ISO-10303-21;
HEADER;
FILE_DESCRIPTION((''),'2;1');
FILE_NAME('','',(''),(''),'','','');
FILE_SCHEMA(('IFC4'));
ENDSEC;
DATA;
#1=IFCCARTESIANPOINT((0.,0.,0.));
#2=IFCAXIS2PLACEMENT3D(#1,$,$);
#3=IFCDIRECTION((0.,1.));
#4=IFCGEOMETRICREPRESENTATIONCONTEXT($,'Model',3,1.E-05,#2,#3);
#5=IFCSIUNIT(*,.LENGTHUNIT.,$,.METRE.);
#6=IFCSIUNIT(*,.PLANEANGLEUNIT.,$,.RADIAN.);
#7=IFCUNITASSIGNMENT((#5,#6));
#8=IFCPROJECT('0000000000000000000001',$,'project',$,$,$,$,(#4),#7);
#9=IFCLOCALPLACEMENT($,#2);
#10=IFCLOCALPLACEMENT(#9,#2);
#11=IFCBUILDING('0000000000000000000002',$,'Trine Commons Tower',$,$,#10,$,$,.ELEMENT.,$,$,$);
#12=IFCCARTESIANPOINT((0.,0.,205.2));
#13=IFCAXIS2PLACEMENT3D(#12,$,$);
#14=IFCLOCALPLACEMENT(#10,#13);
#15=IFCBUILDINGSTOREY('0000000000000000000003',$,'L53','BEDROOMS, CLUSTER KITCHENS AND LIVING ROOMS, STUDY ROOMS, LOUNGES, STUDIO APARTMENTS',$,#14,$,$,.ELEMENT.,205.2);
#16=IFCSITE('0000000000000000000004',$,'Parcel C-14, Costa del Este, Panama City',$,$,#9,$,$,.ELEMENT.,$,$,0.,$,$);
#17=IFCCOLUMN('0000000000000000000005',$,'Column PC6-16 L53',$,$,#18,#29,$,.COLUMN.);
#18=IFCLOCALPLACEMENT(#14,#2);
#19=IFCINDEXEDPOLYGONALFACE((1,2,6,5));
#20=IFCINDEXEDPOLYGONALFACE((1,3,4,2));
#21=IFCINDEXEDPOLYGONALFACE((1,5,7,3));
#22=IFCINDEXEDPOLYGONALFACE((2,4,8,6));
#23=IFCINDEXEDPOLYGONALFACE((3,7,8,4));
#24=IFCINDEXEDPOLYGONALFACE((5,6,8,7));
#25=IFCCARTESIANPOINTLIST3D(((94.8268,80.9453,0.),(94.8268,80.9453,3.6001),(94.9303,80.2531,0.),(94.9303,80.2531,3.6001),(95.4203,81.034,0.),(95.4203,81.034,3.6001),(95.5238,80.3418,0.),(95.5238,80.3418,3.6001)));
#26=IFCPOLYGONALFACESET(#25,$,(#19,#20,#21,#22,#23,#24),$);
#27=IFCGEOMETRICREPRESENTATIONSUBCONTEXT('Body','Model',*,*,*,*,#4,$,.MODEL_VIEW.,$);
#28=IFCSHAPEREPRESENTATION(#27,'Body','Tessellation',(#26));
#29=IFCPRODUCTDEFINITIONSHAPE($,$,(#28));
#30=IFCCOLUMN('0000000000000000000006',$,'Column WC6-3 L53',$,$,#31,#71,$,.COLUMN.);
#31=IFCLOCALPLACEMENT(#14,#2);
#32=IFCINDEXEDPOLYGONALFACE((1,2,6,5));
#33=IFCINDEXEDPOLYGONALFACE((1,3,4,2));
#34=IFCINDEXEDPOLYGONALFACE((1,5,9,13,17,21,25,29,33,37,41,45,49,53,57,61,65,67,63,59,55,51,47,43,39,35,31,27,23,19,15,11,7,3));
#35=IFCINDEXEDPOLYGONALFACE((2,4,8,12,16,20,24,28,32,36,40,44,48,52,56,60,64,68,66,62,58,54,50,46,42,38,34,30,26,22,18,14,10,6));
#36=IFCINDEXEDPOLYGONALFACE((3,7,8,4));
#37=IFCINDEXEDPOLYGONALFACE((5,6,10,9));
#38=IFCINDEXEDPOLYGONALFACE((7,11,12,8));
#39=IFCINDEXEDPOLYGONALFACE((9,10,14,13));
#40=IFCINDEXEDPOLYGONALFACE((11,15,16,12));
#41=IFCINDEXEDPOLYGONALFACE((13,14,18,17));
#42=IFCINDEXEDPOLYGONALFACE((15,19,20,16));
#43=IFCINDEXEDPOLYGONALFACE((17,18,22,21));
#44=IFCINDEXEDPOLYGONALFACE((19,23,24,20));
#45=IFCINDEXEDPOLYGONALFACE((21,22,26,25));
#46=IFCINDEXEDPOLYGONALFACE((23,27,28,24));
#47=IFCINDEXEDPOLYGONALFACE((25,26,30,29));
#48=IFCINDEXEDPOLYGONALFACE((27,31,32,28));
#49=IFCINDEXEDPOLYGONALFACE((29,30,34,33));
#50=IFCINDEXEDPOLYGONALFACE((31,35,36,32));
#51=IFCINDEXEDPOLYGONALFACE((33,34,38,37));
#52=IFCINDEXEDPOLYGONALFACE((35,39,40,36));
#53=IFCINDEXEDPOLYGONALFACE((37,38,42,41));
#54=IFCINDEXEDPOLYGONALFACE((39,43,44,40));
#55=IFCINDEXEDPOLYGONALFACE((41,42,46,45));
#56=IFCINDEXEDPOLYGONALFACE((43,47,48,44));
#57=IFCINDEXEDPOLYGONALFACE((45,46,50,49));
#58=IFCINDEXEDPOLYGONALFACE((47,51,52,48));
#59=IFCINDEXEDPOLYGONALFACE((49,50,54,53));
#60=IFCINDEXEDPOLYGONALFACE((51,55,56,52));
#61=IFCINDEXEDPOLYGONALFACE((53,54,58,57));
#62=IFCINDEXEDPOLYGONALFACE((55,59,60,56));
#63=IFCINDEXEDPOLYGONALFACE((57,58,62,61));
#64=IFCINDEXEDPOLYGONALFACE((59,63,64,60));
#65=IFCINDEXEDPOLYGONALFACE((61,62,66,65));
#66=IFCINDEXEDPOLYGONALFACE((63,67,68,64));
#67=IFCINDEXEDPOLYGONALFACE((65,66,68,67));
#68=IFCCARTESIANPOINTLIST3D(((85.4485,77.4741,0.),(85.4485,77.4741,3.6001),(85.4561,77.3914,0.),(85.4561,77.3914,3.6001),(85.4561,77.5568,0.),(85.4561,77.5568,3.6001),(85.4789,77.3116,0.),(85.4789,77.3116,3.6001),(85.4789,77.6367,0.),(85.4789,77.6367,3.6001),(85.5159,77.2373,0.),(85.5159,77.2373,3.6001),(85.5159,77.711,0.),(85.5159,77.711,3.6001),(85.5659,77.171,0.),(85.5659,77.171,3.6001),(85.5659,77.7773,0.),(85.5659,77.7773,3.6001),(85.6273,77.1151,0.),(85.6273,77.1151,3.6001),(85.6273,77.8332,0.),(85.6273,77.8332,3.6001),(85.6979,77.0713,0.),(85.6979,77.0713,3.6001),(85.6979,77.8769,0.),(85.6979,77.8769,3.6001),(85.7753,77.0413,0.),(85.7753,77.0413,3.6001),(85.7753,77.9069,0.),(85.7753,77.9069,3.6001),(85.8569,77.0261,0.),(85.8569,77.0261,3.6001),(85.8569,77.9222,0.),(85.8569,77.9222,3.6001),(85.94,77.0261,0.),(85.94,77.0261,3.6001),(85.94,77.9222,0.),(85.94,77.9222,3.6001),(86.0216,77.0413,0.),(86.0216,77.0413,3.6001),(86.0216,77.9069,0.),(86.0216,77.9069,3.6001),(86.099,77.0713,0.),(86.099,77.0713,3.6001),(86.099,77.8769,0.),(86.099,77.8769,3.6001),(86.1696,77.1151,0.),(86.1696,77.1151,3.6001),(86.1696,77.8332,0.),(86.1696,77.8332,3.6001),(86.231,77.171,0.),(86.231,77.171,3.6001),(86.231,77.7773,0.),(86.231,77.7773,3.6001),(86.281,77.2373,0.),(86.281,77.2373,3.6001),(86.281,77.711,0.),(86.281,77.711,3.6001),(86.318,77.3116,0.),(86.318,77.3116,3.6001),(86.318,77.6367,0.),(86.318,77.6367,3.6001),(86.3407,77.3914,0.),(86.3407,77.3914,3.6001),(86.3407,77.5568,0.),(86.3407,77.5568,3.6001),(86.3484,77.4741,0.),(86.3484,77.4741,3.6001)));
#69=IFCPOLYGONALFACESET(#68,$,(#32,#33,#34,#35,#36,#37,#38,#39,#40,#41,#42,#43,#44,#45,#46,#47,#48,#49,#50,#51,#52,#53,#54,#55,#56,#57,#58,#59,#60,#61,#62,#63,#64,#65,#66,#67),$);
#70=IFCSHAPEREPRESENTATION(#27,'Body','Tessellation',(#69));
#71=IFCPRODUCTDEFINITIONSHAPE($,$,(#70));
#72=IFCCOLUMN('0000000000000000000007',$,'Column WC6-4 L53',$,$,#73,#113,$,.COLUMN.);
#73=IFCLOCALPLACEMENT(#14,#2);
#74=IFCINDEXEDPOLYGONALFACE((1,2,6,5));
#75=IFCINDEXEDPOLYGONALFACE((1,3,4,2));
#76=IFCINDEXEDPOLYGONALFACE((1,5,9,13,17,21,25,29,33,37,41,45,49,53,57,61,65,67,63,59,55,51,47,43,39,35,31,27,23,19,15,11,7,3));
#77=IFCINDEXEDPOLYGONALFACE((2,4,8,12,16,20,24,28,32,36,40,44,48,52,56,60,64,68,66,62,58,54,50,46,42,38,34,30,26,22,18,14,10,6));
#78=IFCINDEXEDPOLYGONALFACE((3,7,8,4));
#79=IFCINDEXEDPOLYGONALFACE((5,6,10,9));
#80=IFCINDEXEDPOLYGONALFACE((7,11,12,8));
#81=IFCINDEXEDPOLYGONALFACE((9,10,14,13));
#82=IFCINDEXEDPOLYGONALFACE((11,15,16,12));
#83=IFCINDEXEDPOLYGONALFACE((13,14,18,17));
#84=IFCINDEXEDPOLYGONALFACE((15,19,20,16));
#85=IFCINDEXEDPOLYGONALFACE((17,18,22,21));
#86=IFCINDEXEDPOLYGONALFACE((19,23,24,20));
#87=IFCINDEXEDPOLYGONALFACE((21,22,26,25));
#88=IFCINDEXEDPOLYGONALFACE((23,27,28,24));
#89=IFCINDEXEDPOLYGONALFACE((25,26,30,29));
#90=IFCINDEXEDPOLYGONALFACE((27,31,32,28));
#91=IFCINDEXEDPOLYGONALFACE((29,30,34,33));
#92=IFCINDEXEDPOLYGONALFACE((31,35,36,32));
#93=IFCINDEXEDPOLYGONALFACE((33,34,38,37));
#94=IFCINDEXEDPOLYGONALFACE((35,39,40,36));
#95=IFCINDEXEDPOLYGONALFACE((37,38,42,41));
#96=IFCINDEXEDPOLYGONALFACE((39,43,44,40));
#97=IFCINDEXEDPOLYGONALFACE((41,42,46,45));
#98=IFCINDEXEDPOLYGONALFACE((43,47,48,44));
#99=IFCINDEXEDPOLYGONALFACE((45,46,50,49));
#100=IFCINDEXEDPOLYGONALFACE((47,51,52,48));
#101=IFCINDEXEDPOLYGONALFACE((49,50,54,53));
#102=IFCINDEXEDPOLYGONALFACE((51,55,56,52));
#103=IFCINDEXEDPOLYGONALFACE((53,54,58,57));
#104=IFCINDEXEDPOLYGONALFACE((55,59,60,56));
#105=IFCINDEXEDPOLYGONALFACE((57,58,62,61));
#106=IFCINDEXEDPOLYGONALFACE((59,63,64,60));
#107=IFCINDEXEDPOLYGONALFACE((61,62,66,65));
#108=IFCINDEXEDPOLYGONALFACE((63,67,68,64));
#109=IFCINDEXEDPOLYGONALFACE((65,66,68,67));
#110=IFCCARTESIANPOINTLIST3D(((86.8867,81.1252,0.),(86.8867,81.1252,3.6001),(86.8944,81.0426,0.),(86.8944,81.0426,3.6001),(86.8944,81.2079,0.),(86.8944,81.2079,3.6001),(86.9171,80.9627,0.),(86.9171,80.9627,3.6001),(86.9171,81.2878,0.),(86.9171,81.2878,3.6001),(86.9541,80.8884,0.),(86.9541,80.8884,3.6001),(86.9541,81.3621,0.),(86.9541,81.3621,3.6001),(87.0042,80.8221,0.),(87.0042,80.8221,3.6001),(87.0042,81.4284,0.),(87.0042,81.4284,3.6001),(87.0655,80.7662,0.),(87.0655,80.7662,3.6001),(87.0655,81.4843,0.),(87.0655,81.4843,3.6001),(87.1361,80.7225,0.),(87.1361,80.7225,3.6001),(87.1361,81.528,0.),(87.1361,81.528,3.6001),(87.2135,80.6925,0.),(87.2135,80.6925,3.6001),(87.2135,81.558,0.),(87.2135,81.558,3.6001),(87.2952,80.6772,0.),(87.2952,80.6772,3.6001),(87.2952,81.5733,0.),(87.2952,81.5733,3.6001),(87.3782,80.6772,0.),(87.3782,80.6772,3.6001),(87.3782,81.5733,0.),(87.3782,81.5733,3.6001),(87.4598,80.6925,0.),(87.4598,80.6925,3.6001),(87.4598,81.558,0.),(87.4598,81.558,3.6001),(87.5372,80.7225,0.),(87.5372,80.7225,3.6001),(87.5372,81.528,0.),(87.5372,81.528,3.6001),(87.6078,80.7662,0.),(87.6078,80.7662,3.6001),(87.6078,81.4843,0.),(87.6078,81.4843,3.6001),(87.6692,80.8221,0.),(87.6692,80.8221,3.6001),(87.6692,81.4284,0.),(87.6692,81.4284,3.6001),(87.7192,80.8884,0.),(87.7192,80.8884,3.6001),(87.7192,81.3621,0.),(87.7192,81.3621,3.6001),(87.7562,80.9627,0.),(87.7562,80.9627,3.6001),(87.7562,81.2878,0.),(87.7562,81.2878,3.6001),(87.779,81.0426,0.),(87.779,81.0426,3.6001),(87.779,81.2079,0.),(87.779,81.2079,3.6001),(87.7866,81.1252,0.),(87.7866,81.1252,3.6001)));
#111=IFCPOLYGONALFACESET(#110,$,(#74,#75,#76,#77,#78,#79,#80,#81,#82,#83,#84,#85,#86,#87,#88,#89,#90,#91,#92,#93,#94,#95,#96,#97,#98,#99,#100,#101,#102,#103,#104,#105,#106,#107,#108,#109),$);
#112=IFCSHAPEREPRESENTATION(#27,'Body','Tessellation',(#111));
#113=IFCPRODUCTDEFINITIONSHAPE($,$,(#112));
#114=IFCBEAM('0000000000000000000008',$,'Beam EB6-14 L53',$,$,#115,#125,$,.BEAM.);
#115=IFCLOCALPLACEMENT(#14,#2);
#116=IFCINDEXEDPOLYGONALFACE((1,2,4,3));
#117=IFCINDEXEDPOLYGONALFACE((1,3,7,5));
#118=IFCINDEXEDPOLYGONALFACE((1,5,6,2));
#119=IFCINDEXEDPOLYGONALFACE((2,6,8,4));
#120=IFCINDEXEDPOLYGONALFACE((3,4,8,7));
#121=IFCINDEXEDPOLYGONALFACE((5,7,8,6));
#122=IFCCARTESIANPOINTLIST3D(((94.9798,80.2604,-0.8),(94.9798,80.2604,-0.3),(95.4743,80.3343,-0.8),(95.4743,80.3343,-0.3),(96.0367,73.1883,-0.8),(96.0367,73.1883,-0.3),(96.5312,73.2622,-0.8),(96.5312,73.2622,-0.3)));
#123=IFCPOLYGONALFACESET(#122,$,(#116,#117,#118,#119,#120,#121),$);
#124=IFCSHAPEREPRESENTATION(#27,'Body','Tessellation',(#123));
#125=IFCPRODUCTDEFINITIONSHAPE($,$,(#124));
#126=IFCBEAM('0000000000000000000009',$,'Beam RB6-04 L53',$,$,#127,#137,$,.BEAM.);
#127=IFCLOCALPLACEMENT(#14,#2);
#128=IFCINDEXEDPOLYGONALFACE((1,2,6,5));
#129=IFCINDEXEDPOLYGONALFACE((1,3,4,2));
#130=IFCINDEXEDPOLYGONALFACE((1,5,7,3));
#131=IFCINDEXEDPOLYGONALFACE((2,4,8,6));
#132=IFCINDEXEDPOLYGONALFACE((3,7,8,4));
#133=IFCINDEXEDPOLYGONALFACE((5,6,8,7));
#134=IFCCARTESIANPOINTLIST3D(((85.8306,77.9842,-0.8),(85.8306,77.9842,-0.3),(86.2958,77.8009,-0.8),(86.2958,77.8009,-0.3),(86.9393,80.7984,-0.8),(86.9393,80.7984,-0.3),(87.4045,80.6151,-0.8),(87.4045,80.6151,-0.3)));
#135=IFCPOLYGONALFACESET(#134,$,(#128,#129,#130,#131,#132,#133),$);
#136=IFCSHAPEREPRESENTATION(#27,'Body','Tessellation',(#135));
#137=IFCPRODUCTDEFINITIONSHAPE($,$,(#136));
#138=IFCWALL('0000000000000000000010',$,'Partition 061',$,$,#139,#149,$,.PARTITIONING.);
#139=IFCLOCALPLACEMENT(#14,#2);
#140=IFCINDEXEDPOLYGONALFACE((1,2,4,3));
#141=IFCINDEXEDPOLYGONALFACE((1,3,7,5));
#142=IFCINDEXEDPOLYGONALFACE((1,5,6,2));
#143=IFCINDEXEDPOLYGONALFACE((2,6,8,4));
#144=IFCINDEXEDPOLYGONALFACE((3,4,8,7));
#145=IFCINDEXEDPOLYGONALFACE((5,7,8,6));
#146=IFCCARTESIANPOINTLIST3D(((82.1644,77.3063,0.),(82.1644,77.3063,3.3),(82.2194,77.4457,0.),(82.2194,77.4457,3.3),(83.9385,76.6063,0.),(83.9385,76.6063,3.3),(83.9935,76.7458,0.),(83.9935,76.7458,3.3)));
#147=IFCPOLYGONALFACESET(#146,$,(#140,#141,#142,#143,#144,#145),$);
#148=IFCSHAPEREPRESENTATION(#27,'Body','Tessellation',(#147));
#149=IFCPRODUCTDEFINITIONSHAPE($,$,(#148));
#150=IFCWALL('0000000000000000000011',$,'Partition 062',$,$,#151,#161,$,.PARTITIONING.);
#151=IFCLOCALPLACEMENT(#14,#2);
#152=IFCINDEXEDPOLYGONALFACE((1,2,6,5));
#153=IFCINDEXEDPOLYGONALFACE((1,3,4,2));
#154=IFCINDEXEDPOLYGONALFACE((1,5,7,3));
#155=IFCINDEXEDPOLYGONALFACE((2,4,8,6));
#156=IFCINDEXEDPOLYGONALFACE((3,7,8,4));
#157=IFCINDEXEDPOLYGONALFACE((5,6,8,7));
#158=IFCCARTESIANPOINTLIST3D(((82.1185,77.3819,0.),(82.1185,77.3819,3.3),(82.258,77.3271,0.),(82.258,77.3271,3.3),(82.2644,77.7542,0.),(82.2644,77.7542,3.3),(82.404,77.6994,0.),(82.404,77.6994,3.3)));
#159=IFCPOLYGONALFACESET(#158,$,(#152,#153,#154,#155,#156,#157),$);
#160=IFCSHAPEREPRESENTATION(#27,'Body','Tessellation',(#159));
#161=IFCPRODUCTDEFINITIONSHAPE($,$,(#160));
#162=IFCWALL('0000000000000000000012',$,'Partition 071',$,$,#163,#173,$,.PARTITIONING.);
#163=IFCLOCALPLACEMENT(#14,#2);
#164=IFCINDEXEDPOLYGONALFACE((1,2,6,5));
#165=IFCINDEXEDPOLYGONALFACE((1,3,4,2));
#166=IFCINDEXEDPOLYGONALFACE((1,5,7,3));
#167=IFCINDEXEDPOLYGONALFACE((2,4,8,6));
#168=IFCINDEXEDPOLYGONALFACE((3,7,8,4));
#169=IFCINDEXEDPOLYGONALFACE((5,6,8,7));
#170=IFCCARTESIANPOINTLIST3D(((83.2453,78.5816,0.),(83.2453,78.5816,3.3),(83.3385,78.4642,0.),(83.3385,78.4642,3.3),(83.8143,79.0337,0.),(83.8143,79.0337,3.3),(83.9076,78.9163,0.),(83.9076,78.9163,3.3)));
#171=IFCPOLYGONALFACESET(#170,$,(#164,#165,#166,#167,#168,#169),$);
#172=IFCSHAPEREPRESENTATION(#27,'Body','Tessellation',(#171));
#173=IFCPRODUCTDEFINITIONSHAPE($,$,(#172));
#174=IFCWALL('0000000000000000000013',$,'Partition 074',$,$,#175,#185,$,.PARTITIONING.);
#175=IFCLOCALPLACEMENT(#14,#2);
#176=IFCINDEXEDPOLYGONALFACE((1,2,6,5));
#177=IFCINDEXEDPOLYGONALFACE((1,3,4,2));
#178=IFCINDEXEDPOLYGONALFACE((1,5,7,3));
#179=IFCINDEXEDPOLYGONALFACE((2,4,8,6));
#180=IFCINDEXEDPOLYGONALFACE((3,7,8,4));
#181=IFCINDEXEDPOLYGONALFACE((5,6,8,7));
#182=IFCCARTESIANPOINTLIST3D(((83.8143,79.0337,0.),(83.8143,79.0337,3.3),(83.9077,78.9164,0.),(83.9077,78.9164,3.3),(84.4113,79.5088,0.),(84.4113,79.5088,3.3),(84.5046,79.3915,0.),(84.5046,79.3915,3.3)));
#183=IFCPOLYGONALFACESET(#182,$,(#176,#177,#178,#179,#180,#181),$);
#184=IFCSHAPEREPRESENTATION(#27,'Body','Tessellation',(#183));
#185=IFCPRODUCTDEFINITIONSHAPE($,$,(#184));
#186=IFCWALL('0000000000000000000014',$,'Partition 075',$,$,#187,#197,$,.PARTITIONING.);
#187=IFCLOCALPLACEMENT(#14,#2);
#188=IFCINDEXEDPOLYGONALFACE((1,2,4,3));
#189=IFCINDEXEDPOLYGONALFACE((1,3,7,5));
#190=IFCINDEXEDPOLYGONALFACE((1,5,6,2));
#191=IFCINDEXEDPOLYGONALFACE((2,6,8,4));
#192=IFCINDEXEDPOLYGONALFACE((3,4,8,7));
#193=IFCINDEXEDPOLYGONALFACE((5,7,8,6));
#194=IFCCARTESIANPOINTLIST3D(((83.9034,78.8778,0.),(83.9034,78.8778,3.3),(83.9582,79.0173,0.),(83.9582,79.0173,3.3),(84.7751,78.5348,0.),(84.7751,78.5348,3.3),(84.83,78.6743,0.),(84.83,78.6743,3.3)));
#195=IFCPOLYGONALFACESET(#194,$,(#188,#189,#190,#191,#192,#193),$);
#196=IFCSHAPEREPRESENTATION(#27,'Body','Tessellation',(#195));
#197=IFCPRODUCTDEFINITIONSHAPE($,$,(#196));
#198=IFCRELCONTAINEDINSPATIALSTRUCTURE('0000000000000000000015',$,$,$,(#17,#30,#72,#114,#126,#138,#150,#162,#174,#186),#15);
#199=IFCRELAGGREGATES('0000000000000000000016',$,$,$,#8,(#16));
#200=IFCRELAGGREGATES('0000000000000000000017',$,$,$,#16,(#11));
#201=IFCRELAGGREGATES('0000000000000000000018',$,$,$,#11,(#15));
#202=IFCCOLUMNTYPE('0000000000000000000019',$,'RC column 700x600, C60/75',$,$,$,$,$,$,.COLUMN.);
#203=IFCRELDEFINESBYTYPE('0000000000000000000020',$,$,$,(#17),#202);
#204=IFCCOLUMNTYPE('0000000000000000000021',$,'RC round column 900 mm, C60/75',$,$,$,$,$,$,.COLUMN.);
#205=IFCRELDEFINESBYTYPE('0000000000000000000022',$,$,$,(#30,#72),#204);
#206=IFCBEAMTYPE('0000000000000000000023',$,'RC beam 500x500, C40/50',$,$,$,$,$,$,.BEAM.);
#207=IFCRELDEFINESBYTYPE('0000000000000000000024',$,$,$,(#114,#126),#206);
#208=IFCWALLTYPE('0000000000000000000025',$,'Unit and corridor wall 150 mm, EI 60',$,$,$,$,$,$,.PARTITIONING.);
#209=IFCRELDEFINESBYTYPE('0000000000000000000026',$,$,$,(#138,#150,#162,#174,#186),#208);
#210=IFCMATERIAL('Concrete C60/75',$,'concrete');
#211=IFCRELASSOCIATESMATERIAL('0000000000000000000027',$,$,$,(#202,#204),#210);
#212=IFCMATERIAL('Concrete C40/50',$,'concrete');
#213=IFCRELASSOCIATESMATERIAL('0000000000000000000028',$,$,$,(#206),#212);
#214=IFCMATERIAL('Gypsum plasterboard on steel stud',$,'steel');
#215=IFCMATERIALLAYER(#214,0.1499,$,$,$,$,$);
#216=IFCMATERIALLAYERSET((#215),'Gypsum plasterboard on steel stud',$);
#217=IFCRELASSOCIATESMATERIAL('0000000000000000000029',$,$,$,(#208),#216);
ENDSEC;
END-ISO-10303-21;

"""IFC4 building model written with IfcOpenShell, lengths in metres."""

from ifc_helpers import new_model, si_unit, direction, frame, frame_2d, origin, origin_2d, place, context, subcontext, project, spatial, rectangle, circle, extrude, material, layer, layer_set, material_profile, profile_set, type_object, element, save


model = new_model("IFC4")

# Units and contexts
model_context = context("Model", 3, precision=1e-05, world=origin(), true_north=direction((0.0, 1.0)))
body_context = subcontext(model_context, "Body", "Model", "MODEL_VIEW")
ifc_project = project(units=[si_unit("LENGTHUNIT", "METRE"), si_unit("PLANEANGLEUNIT", "RADIAN")], contexts=[model_context])

# Site, building, storey
site_placement = place(None, origin())
site = spatial("IfcSite", under=ifc_project, at=site_placement, Name="Parcel C-14, Costa del Este, Panama City", CompositionType="ELEMENT", RefElevation=0.0)
building_placement = place(site_placement, origin())
building = spatial("IfcBuilding", under=site, at=building_placement, Name="Trine Commons Tower", CompositionType="ELEMENT")
storey_placement = place(building_placement, frame((0.0, 0.0, 205.2)))
storey = spatial("IfcBuildingStorey", under=building, at=storey_placement, Name="L53", Description="BEDROOMS, CLUSTER KITCHENS AND LIVING ROOMS, STUDY ROOMS, LOUNGES, STUDIO APARTMENTS", CompositionType="ELEMENT", Elevation=205.2)

# Columns
ifc_material_1 = material(Name="Concrete C60/75", Category="concrete")
ifc_material_profile_1 = material_profile(ifc_material_1, rectangle(XDim=0.7, YDim=0.6001, at=origin_2d()), Name="RC 700x600")
ifc_profile_set_1 = profile_set([ifc_material_profile_1], Name="Concrete C60/75")
column_type_1 = type_object("IfcColumnType", Name="RC column 700x600, C60/75", PredefinedType="COLUMN", material=ifc_profile_set_1)
column_placement = place(storey_placement, frame((95.1753, 80.6436, 0.0), z_axis=(0.0, 0.0, 1.0), x_axis=(-0.147809, 0.989016, 0.0)))
element("IfcColumn", 1, at=column_placement, inside=storey, type_object=column_type_1, Name="Column PC6-16 L53", PredefinedType="COLUMN", context=body_context, shape_type="SweptSolid", body=[
    extrude(rectangle(XDim=0.7, YDim=0.6001, at=origin_2d()), origin(), (0.0, 0.0, 1.0), 3.6001),
])
ifc_material_profile_2 = material_profile(ifc_material_1, circle(Radius=0.45, at=origin_2d()), Name="RC round 900")
ifc_profile_set_2 = profile_set([ifc_material_profile_2], Name="Concrete C60/75")
column_type_2 = type_object("IfcColumnType", Name="RC round column 900 mm, C60/75", PredefinedType="COLUMN", material=ifc_profile_set_2)
for number, where, z_axis, x_axis, name in (
    (2, (85.8984, 77.4741, 0.0), (0.0, 0.0, 1.0), (1.0, 0.0, 0.0), "Column WC6-3 L53"),
    (3, (87.3367, 81.1252, 0.0), (0.0, 0.0, 1.0), (1.0, 0.0, 0.0), "Column WC6-4 L53"),
):
    element("IfcColumn", number, at=place(storey_placement, frame(where, z_axis=z_axis, x_axis=x_axis)), inside=storey, type_object=column_type_2, Name=name, PredefinedType="COLUMN", context=body_context, shape_type="SweptSolid", body=[
        extrude(circle(Radius=0.45, at=origin_2d()), origin(), (0.0, 0.0, 1.0), 3.6001),
    ])

# Beams
ifc_material_2 = material(Name="Concrete C40/50", Category="concrete")
ifc_material_profile_3 = material_profile(ifc_material_2, rectangle(XDim=0.5, YDim=0.5, at=origin_2d()), Name="RC 500x500")
ifc_profile_set_3 = profile_set([ifc_material_profile_3], Name="Concrete C40/50")
beam_type = type_object("IfcBeamType", Name="RC beam 500x500, C40/50", PredefinedType="BEAM", material=ifc_profile_set_3)
beam_1_placement = place(storey_placement, frame((95.2271, 80.2974, -0.55), z_axis=(0.147804, -0.989017, 0.0), x_axis=(0.989017, 0.147804, 0.0)))
element("IfcBeam", 4, at=beam_1_placement, inside=storey, type_object=beam_type, Name="Beam EB6-14 L53", PredefinedType="BEAM", context=body_context, shape_type="SweptSolid", body=[
    extrude(rectangle(XDim=0.5, YDim=0.5, at=origin_2d()), origin(), (0.0, 0.0, 1.0), 7.1506),
])
beam_2_placement = place(storey_placement, frame((86.0632, 77.8926, -0.55), z_axis=(0.366529, 0.930407, 0.0), x_axis=(-0.930407, 0.366529, 0.0)))
element("IfcBeam", 5, at=beam_2_placement, inside=storey, type_object=beam_type, Name="Beam RB6-04 L53", PredefinedType="BEAM", context=body_context, shape_type="SweptSolid", body=[
    extrude(rectangle(XDim=0.5, YDim=0.5, at=origin_2d()), origin(), (0.0, 0.0, 1.0), 3.0247),
])

# Walls
ifc_material_3 = material(Name="Gypsum plasterboard on steel stud", Category="steel")
ifc_layer_1 = layer(ifc_material_3, 0.1499)
ifc_layer_set_1 = layer_set([ifc_layer_1], Name="Gypsum plasterboard on steel stud")
wall_type_1 = type_object("IfcWallType", Name="Unit and corridor wall 150 mm, EI 60", PredefinedType="PARTITIONING", material=ifc_layer_set_1)
wall_1_placement = place(storey_placement, frame((82.1919, 77.376, 0.0), z_axis=(0.0, 0.0, 1.0), x_axis=(0.930223, -0.366995, 0.0)))
element("IfcWall", 6, at=wall_1_placement, inside=storey, type_object=wall_type_1, Name="Partition 061", PredefinedType="PARTITIONING", context=body_context, shape_type="SweptSolid", body=[
    extrude(rectangle(XDim=1.9072, YDim=0.1499, at=frame_2d((0.9536, 0.0))), origin(), (0.0, 0.0, 1.0), 3.3),
])
wall_2_placement = place(storey_placement, frame((82.1882, 77.3545, 0.0), z_axis=(0.0, 0.0, 1.0), x_axis=(0.365067, 0.930981, 0.0)))
element("IfcWall", 7, at=wall_2_placement, inside=storey, type_object=wall_type_1, Name="Partition 062", PredefinedType="PARTITIONING", context=body_context, shape_type="SweptSolid", body=[
    extrude(rectangle(XDim=0.3999, YDim=0.1499, at=frame_2d((0.2, 0.0))), origin(), (0.0, 0.0, 1.0), 3.3),
])
wall_3_placement = place(storey_placement, frame((83.292, 78.5229, 0.0), z_axis=(0.0, 0.0, 1.0), x_axis=(0.782962, 0.62207, 0.0)))
element("IfcWall", 8, at=wall_3_placement, inside=storey, type_object=wall_type_1, Name="Partition 071", PredefinedType="PARTITIONING", context=body_context, shape_type="SweptSolid", body=[
    extrude(rectangle(XDim=0.7268, YDim=0.1499, at=frame_2d((0.3633, 0.0))), origin(), (0.0, 0.0, 1.0), 3.3),
])
wall_4_placement = place(storey_placement, frame((83.8611, 78.9751, 0.0), z_axis=(0.0, 0.0, 1.0), x_axis=(0.782427, 0.622742, 0.0)))
element("IfcWall", 9, at=wall_4_placement, inside=storey, type_object=wall_type_1, Name="Partition 074", PredefinedType="PARTITIONING", context=body_context, shape_type="SweptSolid", body=[
    extrude(rectangle(XDim=0.7629, YDim=0.1499, at=frame_2d((0.3813, 0.0))), origin(), (0.0, 0.0, 1.0), 3.3),
])
wall_5_placement = place(storey_placement, frame((83.9309, 78.9475, 0.0), z_axis=(0.0, 0.0, 1.0), x_axis=(0.930564, -0.366128, 0.0)))
element("IfcWall", 10, at=wall_5_placement, inside=storey, type_object=wall_type_1, Name="Partition 075", PredefinedType="PARTITIONING", context=body_context, shape_type="SweptSolid", body=[
    extrude(rectangle(XDim=0.9368, YDim=0.1499, at=frame_2d((0.4683, 0.0))), origin(), (0.0, 0.0, 1.0), 3.3),
])

save(model, "model.ifc")
